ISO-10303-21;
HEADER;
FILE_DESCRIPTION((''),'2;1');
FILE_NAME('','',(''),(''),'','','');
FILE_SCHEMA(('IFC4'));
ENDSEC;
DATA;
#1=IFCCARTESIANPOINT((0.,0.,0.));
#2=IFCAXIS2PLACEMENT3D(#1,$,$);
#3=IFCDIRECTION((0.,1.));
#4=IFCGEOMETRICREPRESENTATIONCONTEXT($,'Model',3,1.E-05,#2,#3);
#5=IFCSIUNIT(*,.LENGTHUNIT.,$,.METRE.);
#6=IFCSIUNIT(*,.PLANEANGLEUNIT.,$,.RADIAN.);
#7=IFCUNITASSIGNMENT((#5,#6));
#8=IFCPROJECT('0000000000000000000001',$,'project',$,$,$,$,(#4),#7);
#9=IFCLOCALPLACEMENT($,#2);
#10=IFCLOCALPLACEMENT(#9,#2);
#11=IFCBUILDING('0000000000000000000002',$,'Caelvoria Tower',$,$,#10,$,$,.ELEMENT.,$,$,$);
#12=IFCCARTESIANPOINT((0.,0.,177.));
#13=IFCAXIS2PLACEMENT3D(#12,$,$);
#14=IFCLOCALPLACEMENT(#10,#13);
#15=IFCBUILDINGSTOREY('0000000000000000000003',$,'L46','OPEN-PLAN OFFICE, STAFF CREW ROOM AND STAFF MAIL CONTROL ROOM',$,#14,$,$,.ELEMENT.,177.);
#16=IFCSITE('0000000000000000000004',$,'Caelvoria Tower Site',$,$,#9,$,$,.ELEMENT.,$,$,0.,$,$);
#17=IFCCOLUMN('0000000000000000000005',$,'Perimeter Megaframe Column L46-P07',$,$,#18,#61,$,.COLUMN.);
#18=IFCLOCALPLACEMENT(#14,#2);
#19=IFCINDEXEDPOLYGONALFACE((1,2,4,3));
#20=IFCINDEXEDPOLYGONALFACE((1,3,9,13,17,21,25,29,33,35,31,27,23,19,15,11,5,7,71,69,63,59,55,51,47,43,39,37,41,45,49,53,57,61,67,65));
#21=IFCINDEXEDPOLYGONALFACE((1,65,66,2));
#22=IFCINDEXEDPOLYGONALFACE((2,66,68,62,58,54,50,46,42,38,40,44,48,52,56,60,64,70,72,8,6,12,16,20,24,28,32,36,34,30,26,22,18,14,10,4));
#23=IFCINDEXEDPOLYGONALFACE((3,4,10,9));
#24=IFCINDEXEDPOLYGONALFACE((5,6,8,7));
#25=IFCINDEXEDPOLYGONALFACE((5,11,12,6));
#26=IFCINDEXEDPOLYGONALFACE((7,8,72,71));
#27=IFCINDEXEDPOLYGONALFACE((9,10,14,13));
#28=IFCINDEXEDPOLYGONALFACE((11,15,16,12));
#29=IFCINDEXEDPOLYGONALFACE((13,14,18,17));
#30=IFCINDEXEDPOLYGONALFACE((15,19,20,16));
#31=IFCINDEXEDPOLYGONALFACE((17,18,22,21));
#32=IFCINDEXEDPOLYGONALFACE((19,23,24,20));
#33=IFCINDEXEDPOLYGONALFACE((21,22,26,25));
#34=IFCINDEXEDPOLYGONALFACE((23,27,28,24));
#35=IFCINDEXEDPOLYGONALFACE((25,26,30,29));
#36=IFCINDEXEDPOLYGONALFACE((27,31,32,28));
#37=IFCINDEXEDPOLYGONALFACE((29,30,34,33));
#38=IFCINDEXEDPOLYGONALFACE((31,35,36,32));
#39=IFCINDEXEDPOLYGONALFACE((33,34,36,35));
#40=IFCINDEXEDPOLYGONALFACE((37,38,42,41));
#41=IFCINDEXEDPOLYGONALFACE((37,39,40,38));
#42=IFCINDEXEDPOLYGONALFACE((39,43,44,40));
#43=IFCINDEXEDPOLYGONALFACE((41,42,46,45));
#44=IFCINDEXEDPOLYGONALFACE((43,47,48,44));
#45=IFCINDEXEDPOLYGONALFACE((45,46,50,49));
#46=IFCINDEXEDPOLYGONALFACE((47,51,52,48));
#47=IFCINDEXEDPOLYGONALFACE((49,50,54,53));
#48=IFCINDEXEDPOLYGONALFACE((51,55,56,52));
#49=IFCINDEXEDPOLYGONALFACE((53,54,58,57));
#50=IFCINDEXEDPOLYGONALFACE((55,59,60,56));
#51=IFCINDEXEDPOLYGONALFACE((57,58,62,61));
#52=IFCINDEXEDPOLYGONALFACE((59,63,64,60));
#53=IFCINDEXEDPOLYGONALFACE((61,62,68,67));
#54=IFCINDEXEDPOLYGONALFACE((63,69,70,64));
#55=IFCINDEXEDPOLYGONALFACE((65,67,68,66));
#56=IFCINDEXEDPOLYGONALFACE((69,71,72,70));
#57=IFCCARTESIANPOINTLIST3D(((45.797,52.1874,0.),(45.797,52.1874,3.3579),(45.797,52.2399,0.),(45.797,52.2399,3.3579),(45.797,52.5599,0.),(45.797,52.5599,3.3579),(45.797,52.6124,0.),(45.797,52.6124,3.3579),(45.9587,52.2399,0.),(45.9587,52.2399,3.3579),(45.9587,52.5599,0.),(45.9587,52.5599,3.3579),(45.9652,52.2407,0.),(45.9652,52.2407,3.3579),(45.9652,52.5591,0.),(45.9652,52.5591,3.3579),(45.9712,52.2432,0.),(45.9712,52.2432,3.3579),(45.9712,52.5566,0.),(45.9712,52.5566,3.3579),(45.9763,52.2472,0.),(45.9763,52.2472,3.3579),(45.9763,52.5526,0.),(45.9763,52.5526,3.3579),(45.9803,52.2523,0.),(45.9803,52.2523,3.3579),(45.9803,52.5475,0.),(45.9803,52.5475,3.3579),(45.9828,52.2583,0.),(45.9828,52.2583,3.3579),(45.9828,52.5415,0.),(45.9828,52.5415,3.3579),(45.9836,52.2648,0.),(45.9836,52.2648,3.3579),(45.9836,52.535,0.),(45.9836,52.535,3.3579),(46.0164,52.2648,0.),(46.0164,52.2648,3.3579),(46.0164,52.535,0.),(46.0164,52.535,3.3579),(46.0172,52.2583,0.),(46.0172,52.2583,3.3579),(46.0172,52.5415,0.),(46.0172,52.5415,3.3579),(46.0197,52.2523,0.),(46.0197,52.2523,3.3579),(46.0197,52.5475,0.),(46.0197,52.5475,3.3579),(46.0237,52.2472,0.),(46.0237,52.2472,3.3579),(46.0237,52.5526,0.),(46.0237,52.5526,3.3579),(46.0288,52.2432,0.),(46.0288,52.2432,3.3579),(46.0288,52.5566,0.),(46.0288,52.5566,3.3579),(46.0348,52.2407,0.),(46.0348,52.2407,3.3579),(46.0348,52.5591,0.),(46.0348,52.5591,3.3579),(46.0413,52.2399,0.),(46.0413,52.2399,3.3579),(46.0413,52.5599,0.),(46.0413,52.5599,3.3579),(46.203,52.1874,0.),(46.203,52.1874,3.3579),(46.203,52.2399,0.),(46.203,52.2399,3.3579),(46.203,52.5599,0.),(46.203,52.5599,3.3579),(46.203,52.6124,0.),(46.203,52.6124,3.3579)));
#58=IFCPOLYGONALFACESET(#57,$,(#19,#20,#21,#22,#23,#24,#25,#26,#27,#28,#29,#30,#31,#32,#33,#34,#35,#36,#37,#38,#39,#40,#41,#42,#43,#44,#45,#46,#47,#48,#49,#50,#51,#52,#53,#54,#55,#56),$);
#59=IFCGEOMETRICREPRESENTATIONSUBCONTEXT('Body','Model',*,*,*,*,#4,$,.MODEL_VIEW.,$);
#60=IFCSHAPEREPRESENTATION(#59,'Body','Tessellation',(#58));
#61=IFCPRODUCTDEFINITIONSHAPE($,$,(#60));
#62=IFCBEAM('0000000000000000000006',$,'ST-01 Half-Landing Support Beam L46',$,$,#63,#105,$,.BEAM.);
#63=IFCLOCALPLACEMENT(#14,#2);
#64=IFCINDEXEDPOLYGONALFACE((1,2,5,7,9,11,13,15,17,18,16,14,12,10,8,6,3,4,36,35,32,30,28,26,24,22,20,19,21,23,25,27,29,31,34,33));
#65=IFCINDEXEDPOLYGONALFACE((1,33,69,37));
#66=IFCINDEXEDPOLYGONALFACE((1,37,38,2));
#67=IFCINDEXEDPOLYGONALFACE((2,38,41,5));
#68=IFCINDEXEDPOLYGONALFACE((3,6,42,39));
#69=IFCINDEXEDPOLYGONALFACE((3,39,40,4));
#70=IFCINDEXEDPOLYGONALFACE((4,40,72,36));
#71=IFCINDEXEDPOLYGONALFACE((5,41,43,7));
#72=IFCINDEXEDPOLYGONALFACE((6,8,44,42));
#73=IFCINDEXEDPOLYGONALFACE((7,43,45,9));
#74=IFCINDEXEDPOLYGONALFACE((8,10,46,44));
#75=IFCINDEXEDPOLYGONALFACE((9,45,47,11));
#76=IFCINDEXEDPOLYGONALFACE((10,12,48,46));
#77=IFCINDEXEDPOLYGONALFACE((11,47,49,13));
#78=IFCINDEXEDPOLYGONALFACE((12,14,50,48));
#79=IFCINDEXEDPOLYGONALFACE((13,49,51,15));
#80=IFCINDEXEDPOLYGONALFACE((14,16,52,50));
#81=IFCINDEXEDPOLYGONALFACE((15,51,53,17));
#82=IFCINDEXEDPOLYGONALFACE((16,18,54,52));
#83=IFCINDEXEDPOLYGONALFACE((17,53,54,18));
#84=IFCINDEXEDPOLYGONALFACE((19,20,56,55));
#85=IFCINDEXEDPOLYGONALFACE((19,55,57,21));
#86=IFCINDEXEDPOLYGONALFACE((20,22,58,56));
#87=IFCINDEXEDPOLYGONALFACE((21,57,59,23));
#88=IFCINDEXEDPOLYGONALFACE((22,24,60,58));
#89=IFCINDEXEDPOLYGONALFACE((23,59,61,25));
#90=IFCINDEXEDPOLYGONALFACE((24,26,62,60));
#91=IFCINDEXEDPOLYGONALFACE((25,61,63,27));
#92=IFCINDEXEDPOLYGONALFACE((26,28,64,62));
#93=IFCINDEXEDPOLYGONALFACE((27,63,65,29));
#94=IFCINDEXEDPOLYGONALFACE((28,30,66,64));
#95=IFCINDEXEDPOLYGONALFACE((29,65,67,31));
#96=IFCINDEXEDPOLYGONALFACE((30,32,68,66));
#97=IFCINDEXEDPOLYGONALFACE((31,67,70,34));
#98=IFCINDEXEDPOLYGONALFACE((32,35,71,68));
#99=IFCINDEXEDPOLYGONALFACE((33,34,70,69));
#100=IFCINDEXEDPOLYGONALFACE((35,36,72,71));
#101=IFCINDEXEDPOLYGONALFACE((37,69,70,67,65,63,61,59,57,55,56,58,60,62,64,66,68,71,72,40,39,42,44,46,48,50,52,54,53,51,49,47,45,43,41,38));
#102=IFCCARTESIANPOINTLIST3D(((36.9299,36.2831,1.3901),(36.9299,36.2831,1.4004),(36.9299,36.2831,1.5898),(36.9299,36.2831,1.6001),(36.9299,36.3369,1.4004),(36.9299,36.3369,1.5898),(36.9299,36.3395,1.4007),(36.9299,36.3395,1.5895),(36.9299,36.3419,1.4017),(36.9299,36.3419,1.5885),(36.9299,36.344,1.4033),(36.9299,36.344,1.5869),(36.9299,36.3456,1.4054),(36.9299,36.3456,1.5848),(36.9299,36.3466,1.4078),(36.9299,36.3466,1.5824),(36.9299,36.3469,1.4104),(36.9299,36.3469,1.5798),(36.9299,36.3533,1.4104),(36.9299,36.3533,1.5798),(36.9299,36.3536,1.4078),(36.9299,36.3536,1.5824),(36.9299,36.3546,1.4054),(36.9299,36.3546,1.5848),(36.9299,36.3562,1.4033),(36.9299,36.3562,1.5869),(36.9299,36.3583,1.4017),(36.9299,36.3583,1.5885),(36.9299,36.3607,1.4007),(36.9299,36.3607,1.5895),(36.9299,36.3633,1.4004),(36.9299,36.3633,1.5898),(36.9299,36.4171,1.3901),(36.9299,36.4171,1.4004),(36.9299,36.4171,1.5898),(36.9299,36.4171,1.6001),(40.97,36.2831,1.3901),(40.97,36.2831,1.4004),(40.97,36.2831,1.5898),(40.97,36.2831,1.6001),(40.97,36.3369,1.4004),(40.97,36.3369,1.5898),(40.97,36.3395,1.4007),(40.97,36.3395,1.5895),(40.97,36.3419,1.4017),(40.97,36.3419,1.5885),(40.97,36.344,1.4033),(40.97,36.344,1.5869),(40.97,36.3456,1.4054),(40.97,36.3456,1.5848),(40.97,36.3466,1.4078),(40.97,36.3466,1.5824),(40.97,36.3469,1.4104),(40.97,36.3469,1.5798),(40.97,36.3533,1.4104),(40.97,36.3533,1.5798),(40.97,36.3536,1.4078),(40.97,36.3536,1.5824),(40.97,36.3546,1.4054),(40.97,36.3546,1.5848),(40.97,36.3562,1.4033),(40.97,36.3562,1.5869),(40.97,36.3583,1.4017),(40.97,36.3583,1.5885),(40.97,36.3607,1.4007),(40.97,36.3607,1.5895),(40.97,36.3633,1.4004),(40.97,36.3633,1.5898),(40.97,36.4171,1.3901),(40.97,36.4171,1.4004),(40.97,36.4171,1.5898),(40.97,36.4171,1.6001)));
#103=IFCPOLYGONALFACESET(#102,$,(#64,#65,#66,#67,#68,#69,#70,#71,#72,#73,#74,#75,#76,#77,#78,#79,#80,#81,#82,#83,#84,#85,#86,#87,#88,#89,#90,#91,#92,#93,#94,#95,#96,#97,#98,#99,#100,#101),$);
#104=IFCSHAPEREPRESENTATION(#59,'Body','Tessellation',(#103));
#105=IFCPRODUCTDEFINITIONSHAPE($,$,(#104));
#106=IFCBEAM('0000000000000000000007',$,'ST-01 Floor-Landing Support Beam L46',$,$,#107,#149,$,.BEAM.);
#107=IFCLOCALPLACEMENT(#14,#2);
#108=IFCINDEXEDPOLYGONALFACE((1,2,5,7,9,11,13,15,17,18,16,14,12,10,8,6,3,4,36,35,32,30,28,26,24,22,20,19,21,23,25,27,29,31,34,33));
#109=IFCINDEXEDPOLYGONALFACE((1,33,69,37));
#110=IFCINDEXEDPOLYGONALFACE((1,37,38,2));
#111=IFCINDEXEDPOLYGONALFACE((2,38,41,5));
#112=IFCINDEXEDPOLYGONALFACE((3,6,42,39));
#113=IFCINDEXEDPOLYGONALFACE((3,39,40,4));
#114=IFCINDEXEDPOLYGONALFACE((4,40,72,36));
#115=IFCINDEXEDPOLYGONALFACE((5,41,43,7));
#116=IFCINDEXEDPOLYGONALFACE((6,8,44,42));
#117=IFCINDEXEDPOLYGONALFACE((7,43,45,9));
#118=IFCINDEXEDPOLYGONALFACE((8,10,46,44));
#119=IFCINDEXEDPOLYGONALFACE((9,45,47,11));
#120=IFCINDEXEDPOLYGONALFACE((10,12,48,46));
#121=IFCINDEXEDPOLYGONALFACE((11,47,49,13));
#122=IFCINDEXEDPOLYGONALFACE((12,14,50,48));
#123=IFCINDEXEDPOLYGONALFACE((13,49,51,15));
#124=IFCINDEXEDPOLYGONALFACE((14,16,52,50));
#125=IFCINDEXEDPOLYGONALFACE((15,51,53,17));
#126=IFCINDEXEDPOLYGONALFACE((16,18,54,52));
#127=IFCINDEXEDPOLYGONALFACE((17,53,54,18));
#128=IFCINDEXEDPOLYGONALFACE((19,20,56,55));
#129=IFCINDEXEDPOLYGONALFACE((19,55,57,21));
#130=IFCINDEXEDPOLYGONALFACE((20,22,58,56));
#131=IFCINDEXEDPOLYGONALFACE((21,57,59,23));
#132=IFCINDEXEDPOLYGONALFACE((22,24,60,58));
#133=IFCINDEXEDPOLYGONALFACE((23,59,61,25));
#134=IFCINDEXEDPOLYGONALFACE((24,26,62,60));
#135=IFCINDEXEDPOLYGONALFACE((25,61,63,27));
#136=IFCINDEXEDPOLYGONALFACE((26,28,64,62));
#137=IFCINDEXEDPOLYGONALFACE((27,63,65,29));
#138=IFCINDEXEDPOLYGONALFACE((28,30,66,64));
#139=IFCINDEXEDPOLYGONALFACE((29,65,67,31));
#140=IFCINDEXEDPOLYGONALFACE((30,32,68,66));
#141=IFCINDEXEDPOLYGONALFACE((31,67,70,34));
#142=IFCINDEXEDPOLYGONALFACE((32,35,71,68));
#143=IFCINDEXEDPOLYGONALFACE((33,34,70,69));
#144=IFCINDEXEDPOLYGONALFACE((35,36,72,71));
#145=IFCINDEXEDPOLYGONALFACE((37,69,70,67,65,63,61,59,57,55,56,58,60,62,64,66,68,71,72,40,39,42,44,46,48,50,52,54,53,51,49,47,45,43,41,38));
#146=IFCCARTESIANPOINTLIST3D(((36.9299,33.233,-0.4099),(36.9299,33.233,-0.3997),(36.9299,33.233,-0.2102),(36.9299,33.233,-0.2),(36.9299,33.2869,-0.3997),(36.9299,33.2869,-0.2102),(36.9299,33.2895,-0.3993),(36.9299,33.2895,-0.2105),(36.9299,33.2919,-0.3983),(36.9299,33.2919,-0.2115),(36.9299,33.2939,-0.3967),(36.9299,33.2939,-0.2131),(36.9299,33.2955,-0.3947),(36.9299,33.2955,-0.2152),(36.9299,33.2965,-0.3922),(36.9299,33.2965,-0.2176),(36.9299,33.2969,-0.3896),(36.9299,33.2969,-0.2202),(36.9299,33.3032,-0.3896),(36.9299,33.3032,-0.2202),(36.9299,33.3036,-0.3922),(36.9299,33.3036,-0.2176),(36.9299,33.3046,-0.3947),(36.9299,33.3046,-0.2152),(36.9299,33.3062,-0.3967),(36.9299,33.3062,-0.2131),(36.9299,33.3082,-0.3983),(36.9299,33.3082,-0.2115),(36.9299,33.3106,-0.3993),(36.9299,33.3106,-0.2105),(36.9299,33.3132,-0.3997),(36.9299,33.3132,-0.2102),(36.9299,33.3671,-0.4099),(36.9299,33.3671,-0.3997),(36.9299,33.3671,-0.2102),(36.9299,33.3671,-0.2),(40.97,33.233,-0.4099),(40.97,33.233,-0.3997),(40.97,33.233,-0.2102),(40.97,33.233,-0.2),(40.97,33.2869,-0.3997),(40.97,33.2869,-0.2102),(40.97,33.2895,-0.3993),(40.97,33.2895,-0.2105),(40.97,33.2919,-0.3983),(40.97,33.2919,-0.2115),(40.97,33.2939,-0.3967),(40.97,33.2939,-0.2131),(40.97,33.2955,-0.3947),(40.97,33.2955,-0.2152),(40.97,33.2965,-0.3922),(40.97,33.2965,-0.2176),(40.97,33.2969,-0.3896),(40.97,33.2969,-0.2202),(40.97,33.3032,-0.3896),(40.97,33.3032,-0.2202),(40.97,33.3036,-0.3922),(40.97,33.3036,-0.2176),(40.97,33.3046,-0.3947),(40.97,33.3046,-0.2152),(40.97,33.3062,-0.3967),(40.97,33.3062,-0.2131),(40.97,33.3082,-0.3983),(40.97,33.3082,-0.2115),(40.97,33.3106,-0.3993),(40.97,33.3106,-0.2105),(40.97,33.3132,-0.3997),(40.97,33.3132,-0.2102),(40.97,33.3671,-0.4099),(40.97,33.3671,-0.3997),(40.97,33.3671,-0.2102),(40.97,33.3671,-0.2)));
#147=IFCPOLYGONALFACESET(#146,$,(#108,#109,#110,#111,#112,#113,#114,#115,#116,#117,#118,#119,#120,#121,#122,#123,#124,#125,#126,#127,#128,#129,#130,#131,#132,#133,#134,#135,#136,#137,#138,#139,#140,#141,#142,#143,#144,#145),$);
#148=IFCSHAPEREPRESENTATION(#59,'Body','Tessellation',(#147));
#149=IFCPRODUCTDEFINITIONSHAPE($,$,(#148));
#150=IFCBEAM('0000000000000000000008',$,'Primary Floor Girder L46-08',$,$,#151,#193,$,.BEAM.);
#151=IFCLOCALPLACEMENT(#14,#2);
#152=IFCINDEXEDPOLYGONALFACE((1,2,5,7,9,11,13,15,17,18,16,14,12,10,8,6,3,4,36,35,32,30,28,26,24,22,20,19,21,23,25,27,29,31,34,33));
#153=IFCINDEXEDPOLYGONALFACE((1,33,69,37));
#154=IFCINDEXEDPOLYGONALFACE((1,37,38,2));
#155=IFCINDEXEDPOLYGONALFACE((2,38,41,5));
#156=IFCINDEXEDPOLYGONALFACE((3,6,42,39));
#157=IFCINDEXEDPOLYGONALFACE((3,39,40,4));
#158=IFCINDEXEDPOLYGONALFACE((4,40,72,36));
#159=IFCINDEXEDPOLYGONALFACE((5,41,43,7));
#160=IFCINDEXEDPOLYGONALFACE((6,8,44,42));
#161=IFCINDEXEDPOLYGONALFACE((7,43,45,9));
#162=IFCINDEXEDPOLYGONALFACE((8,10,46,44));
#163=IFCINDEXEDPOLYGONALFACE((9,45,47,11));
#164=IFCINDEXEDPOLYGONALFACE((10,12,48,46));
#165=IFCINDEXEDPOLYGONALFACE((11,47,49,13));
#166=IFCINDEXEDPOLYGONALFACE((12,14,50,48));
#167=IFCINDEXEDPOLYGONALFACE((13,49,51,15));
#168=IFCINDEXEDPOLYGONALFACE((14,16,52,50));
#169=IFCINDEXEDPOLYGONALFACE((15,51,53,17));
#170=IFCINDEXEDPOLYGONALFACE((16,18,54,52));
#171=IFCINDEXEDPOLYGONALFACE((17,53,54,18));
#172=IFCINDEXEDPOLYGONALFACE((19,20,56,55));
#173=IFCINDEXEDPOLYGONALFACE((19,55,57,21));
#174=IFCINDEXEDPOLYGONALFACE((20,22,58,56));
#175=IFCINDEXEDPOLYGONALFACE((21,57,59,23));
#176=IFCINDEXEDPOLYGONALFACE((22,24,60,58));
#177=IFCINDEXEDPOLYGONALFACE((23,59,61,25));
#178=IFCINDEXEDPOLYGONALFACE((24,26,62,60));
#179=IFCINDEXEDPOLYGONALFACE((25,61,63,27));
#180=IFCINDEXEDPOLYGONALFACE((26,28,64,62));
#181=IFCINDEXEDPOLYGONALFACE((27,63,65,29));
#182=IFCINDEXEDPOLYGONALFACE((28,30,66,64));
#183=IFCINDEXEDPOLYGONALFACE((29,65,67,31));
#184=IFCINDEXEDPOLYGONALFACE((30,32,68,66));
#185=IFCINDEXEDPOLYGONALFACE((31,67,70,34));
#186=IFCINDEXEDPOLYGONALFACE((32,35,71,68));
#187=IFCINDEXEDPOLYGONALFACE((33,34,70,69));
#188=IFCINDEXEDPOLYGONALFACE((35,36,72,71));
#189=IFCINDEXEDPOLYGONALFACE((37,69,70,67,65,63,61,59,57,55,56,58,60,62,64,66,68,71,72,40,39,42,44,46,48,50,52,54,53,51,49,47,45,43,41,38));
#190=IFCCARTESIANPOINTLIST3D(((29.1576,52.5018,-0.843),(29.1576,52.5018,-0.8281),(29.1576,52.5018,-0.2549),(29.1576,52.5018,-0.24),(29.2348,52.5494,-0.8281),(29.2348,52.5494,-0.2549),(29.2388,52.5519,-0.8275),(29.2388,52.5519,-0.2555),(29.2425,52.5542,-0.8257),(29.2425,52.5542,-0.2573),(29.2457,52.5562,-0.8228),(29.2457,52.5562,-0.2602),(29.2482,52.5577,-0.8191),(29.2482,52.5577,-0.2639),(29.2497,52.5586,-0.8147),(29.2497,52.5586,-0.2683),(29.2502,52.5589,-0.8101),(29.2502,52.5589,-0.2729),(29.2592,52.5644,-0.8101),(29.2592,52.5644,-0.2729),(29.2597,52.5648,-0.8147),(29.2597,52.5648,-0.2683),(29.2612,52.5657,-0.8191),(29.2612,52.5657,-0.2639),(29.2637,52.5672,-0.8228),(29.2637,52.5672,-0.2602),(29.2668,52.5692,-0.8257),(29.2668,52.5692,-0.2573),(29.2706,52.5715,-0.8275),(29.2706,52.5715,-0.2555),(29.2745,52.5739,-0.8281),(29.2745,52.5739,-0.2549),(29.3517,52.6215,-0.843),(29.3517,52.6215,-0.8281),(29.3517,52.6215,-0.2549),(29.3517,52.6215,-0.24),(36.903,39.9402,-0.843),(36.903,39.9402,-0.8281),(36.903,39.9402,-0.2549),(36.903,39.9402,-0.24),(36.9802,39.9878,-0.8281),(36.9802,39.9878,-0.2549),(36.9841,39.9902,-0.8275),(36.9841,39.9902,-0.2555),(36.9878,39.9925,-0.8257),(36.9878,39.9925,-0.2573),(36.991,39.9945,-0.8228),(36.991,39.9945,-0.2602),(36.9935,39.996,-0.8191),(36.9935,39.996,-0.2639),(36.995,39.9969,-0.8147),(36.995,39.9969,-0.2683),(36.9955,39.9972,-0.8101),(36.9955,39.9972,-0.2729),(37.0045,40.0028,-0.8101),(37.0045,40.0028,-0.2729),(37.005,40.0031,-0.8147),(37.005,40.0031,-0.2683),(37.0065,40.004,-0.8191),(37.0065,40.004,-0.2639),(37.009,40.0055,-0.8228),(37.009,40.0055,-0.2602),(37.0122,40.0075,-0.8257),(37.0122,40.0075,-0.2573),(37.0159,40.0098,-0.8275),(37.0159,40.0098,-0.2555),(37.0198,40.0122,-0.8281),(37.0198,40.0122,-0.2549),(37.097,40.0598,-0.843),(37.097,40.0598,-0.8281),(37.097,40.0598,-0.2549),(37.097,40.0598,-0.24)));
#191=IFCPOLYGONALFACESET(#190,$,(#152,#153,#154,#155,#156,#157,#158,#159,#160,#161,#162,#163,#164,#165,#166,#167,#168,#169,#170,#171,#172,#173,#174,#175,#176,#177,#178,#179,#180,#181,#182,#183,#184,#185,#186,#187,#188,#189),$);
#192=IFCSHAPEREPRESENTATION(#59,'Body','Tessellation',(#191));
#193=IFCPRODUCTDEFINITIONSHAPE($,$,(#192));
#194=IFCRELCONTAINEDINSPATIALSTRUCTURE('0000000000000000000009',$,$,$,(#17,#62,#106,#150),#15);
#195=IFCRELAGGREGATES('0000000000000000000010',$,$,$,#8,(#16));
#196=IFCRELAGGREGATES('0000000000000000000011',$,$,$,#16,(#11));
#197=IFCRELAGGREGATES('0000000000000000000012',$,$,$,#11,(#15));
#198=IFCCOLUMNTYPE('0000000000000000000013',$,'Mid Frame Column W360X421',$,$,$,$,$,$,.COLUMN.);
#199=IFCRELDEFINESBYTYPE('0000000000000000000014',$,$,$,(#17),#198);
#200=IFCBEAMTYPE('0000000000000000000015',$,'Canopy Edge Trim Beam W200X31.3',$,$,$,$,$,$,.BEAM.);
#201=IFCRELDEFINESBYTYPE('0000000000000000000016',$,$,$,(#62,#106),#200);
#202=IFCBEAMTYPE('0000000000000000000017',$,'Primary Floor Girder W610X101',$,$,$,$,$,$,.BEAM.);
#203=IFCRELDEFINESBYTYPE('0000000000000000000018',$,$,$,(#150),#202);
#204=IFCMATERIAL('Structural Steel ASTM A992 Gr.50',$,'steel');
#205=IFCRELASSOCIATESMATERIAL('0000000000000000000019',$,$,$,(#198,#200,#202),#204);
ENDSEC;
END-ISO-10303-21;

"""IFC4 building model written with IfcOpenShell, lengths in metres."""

from ifc_helpers import new_model, si_unit, direction, frame, origin, origin_2d, place, context, subcontext, project, spatial, i_section, extrude, material, material_profile, profile_set, type_object, element, save


model = new_model("IFC4")

# Units and contexts
model_context = context("Model", 3, precision=1e-05, world=origin(), true_north=direction((0.0, 1.0)))
body_context = subcontext(model_context, "Body", "Model", "MODEL_VIEW")
ifc_project = project(units=[si_unit("LENGTHUNIT", "METRE"), si_unit("PLANEANGLEUNIT", "RADIAN")], contexts=[model_context])

# Site, building, storey
site_placement = place(None, origin())
site = spatial("IfcSite", under=ifc_project, at=site_placement, Name="Caelvoria Tower Site", CompositionType="ELEMENT", RefElevation=0.0)
building_placement = place(site_placement, origin())
building = spatial("IfcBuilding", under=site, at=building_placement, Name="Caelvoria Tower", CompositionType="ELEMENT")
storey_placement = place(building_placement, frame((0.0, 0.0, 177.0)))
storey = spatial("IfcBuildingStorey", under=building, at=storey_placement, Name="L46", Description="OPEN-PLAN OFFICE, STAFF CREW ROOM AND STAFF MAIL CONTROL ROOM", CompositionType="ELEMENT", Elevation=177.0)

# Column
ifc_material_1 = material(Name="Structural Steel ASTM A992 Gr.50", Category="steel")
ifc_material_profile_1 = material_profile(ifc_material_1, i_section(OverallWidth=0.406, OverallDepth=0.425, WebThickness=0.0327, FlangeThickness=0.0525, FilletRadius=0.0249, at=origin_2d()), Name="Structural Steel ASTM A992 Gr.50")
ifc_profile_set_1 = profile_set([ifc_material_profile_1], Name="W360X421 - Structural Steel ASTM A992 Gr.50")
column_type = type_object("IfcColumnType", Name="Mid Frame Column W360X421", PredefinedType="COLUMN", material=ifc_profile_set_1)
column_placement = place(storey_placement, frame((46.0, 52.3999, 0.0), z_axis=(0.0, 0.0, 1.0), x_axis=(1.0, 0.0, 0.0)))
element("IfcColumn", 1, at=column_placement, inside=storey, type_object=column_type, Name="Perimeter Megaframe Column L46-P07", PredefinedType="COLUMN", context=body_context, shape_type="SweptSolid", body=[
    extrude(i_section(OverallWidth=0.406, OverallDepth=0.425, WebThickness=0.0327, FlangeThickness=0.0525, FilletRadius=0.0249, at=origin_2d()), origin(), (0.0, 0.0, 1.0), 3.3579),
])

# Beams
ifc_material_profile_2 = material_profile(ifc_material_1, i_section(OverallWidth=0.134, OverallDepth=0.21, WebThickness=0.0063, FlangeThickness=0.0103, FilletRadius=0.01, at=origin_2d()), Name="Structural Steel ASTM A992 Gr.50")
ifc_profile_set_2 = profile_set([ifc_material_profile_2], Name="W200X31.3 - Structural Steel ASTM A992 Gr.50")
beam_type_1 = type_object("IfcBeamType", Name="Canopy Edge Trim Beam W200X31.3", PredefinedType="BEAM", material=ifc_profile_set_2)
for number, where, z_axis, x_axis, name in (
    (2, (36.9299, 36.3501, 1.4951), (1.0, 0.0, 0.0), (0.0, 1.0, 0.0), "ST-01 Half-Landing Support Beam L46"),
    (3, (36.9299, 33.3, -0.3049), (1.0, 0.0, 0.0), (0.0, 1.0, 0.0), "ST-01 Floor-Landing Support Beam L46"),
):
    element("IfcBeam", number, at=place(storey_placement, frame(where, z_axis=z_axis, x_axis=x_axis)), inside=storey, type_object=beam_type_1, Name=name, PredefinedType="BEAM", context=body_context, shape_type="SweptSolid", body=[
        extrude(i_section(OverallWidth=0.134, OverallDepth=0.21, WebThickness=0.0063, FlangeThickness=0.0103, FilletRadius=0.01, at=origin_2d()), origin(), (0.0, 0.0, 1.0), 4.04),
    ])
ifc_material_profile_3 = material_profile(ifc_material_1, i_section(OverallWidth=0.228, OverallDepth=0.603, WebThickness=0.0105, FlangeThickness=0.0149, FilletRadius=0.0181, at=origin_2d()), Name="Structural Steel ASTM A992 Gr.50")
ifc_profile_set_3 = profile_set([ifc_material_profile_3], Name="W610X101 - Structural Steel ASTM A992 Gr.50")
beam_type_2 = type_object("IfcBeamType", Name="Primary Floor Girder W610X101", PredefinedType="BEAM", material=ifc_profile_set_3)
beam_1_placement = place(storey_placement, frame((37.0, 40.0, -0.5415), z_axis=(-0.524837, 0.851203, 0.0), x_axis=(-0.851203, -0.524837, 0.0)))
element("IfcBeam", 4, at=beam_1_placement, inside=storey, type_object=beam_type_2, Name="Primary Floor Girder L46-08", PredefinedType="BEAM", context=body_context, shape_type="SweptSolid", body=[
    extrude(i_section(OverallWidth=0.228, OverallDepth=0.603, WebThickness=0.0105, FlangeThickness=0.0149, FilletRadius=0.0181, at=origin_2d()), origin(), (0.0, 0.0, 1.0), 14.7576),
])

save(model, "model.ifc")
